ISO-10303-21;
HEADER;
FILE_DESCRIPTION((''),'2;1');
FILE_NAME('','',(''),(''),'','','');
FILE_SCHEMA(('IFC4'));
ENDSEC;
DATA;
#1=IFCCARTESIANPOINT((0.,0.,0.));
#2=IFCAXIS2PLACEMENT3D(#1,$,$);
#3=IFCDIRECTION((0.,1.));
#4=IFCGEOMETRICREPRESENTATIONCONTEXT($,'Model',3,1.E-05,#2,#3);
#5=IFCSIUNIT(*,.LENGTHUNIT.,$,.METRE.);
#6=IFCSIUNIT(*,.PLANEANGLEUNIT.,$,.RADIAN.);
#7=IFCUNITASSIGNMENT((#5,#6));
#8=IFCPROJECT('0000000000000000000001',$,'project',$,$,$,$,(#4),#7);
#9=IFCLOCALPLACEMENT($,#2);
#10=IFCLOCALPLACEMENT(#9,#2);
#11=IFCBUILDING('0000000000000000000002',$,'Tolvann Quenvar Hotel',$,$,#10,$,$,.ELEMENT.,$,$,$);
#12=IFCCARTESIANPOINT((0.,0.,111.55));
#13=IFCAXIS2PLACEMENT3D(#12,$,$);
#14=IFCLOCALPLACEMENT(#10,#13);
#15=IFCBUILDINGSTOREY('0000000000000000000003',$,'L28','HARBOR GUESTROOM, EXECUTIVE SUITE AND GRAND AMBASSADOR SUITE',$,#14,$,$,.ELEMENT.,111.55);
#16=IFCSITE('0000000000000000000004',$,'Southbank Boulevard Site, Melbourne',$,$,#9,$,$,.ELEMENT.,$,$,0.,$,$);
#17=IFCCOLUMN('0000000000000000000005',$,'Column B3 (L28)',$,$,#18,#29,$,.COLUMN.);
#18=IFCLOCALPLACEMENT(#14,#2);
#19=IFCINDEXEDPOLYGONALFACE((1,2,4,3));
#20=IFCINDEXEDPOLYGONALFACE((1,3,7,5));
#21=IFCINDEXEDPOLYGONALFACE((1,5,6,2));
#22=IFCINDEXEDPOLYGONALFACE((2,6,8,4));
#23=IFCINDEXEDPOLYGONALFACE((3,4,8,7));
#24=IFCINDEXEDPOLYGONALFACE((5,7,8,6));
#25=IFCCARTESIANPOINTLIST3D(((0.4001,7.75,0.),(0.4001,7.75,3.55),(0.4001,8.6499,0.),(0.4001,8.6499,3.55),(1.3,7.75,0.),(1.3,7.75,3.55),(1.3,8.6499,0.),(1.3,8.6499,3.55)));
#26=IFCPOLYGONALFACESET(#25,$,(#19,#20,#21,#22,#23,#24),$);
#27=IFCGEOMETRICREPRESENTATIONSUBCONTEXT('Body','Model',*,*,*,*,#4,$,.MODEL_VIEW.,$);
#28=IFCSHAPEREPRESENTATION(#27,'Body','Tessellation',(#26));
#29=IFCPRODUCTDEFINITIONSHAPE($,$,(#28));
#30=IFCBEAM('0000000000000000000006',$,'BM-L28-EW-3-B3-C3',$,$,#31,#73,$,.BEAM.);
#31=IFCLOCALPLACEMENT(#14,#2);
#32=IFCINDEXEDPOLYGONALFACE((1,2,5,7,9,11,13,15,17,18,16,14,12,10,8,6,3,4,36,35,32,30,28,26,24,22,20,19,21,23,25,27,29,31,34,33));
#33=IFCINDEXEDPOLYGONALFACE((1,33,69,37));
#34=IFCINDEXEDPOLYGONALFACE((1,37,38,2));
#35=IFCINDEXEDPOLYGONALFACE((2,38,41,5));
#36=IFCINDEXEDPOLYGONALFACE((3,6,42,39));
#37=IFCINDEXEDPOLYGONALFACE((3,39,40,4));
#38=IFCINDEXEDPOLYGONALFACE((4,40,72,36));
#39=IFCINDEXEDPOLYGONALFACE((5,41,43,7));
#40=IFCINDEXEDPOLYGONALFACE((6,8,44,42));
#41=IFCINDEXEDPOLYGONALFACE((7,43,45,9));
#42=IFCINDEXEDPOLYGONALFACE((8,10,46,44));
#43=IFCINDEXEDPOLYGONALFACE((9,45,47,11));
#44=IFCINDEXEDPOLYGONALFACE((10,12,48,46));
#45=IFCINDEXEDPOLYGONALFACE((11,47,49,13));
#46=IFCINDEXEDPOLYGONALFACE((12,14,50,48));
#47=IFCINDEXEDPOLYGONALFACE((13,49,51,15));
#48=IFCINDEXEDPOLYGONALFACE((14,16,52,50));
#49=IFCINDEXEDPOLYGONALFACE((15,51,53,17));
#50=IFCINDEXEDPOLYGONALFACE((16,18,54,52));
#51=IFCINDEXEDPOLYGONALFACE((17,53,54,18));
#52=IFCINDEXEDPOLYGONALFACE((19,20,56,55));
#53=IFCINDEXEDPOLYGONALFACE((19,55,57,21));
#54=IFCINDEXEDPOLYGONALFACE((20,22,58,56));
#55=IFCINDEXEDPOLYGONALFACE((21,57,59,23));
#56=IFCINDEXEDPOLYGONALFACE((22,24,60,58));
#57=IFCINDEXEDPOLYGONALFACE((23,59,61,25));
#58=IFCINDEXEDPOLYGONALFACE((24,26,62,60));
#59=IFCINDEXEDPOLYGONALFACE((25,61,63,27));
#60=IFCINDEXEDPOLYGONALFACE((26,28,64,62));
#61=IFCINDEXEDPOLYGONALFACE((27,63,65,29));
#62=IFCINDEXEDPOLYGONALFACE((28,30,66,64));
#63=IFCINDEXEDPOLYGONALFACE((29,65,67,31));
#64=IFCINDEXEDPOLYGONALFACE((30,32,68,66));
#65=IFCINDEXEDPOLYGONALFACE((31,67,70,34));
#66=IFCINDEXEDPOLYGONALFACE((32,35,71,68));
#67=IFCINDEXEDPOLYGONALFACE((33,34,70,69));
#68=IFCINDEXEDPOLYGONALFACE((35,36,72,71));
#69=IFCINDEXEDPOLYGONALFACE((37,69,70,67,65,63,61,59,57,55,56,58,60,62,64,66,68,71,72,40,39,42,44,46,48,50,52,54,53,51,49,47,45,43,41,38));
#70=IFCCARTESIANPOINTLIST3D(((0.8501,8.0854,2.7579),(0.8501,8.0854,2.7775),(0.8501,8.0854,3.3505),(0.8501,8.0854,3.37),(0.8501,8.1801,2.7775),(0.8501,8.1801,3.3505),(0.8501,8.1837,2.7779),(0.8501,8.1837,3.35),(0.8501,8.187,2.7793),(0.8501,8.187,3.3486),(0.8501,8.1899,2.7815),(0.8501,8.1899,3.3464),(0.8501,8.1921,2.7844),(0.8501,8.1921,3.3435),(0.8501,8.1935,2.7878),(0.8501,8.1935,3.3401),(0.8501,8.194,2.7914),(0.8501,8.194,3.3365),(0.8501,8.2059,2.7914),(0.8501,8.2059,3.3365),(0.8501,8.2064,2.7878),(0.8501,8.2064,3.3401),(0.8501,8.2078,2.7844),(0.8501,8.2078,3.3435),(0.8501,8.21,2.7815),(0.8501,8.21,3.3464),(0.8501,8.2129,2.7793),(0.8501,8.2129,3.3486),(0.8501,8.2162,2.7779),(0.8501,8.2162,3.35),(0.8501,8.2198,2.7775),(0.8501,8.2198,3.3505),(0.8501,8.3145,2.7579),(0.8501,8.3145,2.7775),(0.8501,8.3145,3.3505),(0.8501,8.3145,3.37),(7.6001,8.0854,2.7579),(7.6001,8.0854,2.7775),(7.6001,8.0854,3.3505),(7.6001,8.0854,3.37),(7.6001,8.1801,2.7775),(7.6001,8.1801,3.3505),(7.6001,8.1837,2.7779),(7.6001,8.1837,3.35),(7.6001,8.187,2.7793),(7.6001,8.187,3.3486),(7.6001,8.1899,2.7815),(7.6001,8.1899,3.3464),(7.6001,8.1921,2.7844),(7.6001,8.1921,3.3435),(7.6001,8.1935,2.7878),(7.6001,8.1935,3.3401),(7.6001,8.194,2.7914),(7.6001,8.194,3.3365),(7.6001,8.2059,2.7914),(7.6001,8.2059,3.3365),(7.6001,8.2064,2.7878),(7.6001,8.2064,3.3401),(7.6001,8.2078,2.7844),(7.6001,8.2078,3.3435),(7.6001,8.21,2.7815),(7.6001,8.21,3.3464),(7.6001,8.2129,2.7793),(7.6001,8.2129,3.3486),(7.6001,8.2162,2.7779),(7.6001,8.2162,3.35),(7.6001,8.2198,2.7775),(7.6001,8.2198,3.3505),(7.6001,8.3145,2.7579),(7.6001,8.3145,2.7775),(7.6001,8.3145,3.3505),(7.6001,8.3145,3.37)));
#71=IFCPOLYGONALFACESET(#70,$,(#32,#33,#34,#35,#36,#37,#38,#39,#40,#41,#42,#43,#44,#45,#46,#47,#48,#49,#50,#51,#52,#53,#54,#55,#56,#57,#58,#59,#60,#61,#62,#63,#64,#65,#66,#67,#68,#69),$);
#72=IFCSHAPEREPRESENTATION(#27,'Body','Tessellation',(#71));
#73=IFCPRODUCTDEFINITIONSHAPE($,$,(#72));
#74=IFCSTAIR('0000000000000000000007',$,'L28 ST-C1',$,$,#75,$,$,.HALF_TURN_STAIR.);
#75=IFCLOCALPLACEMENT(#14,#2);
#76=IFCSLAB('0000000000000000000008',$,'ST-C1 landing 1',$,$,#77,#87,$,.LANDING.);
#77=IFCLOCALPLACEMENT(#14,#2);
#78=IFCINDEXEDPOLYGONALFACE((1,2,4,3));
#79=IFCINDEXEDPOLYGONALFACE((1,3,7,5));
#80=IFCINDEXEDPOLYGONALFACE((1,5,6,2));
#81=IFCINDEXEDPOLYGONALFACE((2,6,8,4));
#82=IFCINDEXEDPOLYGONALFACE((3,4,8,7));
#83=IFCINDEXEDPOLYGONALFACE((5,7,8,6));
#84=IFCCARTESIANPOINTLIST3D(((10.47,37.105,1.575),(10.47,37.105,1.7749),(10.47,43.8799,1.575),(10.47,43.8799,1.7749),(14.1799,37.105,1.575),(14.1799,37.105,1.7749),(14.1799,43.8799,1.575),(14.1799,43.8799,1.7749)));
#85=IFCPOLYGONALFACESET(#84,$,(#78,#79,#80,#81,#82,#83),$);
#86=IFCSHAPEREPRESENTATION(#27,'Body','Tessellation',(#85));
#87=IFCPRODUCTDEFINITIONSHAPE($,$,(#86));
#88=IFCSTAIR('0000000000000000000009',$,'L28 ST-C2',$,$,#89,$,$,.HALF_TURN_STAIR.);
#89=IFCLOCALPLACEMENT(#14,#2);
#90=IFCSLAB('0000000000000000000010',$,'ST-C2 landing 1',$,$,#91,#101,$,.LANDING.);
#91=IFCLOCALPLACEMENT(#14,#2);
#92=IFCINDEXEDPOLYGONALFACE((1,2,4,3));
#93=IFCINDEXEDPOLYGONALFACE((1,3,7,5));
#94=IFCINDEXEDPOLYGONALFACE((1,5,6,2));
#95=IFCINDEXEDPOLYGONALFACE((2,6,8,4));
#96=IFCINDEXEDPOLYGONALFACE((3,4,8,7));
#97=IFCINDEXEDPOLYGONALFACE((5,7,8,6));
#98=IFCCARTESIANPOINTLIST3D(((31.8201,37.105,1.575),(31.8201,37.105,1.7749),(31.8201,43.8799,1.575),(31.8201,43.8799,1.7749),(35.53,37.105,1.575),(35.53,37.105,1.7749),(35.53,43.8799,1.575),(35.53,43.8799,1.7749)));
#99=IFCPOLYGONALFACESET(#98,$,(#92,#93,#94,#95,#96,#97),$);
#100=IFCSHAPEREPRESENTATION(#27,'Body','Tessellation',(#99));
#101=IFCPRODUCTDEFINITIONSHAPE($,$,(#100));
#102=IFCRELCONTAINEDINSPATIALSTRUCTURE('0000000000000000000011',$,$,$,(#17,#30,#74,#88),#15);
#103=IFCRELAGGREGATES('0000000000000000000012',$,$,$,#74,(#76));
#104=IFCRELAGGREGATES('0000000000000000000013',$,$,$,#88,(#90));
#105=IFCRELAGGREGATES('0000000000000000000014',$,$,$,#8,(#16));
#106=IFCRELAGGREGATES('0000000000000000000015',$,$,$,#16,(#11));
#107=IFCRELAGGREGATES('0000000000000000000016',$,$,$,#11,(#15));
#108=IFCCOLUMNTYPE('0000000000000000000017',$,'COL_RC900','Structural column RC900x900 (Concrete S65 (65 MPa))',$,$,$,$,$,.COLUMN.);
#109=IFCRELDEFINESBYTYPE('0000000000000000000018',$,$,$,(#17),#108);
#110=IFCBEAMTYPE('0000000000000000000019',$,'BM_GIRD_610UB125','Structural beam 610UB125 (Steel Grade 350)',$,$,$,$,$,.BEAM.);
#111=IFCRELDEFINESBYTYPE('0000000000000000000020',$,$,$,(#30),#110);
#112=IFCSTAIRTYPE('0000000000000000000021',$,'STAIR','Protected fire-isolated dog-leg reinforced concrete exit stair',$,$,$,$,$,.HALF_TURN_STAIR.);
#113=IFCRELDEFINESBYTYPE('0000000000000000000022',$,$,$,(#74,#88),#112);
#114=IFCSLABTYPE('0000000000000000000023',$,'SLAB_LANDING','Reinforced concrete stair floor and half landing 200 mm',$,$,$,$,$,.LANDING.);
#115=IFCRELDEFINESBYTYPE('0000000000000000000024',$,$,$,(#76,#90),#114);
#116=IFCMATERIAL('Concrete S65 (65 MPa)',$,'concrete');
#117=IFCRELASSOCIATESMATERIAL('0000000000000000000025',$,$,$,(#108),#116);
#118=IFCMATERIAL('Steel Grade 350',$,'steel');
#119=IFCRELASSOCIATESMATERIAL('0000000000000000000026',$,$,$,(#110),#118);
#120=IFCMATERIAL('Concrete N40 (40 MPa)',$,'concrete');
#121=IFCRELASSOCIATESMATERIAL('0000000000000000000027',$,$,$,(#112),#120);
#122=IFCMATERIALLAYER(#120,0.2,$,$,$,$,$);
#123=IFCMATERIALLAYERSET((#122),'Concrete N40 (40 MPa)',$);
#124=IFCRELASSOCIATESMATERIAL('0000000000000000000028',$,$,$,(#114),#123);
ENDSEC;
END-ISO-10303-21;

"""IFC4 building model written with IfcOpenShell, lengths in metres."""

from ifc_helpers import new_model, si_unit, direction, frame, origin, origin_2d, place, context, subcontext, project, spatial, polyline, rectangle, i_section, outline, extrude, source, transform, mapped, material, layer, layer_set, material_profile, profile_set, type_object, type_shapes, element, aggregate, save


model = new_model("IFC4")

# Units and contexts
model_context = context("Model", 3, precision=1e-05, world=origin(), true_north=direction((0.0, 1.0)))
body_context = subcontext(model_context, "Body", "Model", "MODEL_VIEW")
ifc_project = project(units=[si_unit("LENGTHUNIT", "METRE"), si_unit("PLANEANGLEUNIT", "RADIAN")], contexts=[model_context])

# Site, building, storey
site_placement = place(None, origin())
site = spatial("IfcSite", under=ifc_project, at=site_placement, Name="Southbank Boulevard Site, Melbourne", CompositionType="ELEMENT", RefElevation=0.0)
building_placement = place(site_placement, origin())
building = spatial("IfcBuilding", under=site, at=building_placement, Name="Tolvann Quenvar Hotel", CompositionType="ELEMENT")
storey_placement = place(building_placement, frame((0.0, 0.0, 111.55)))
storey = spatial("IfcBuildingStorey", under=building, at=storey_placement, Name="L28", Description="HARBOR GUESTROOM, EXECUTIVE SUITE AND GRAND AMBASSADOR SUITE", CompositionType="ELEMENT", Elevation=111.55)

# Column
ifc_material_1 = material(Name="Concrete S65 (65 MPa)", Category="concrete")
ifc_material_profile_1 = material_profile(ifc_material_1, rectangle(XDim=0.8999, YDim=0.8999, at=origin_2d()), Name="RC900x900")
ifc_profile_set_1 = profile_set([ifc_material_profile_1], Name="Concrete S65 (65 MPa)")
column_type = type_object("IfcColumnType", Name="COL_RC900", Description="Structural column RC900x900 (Concrete S65 (65 MPa))", PredefinedType="COLUMN", material=ifc_profile_set_1)
shared_shape_1 = source(origin(), body_context, "Body", "SweptSolid", [
    extrude(rectangle(XDim=0.8999, YDim=0.8999, at=origin_2d()), origin(), (0.0, 0.0, 1.0), 3.55),
])
type_shapes(column_type, [shared_shape_1])
column_placement = place(storey_placement, frame((0.8501, 8.2, 0.0), z_axis=(0.0, 0.0, 1.0), x_axis=(1.0, 0.0, 0.0)))
element("IfcColumn", 1, at=column_placement, inside=storey, type_object=column_type, Name="Column B3 (L28)", PredefinedType="COLUMN", context=body_context, shape_type="MappedRepresentation", body=[
    mapped(shared_shape_1, transform((0.0, 0.0, 0.0), x_axis=(1.0, 0.0, 0.0), y_axis=(0.0, 1.0, 0.0), z_axis=(0.0, 0.0, 1.0), scale=1.0)),
])

# Beam
ifc_material_2 = material(Name="Steel Grade 350", Category="steel")
ifc_material_profile_2 = material_profile(ifc_material_2, i_section(OverallWidth=0.229, OverallDepth=0.6121, WebThickness=0.012, FlangeThickness=0.0195, FilletRadius=0.0139, at=origin_2d()), Name="610UB125")
ifc_profile_set_2 = profile_set([ifc_material_profile_2], Name="Steel Grade 350")
beam_type = type_object("IfcBeamType", Name="BM_GIRD_610UB125", Description="Structural beam 610UB125 (Steel Grade 350)", PredefinedType="BEAM", material=ifc_profile_set_2)
shared_shape_2 = source(origin(), body_context, "Body", "SweptSolid", [
    extrude(i_section(OverallWidth=0.229, OverallDepth=0.6121, WebThickness=0.012, FlangeThickness=0.0195, FilletRadius=0.0139, at=origin_2d()), origin(), (0.0, 0.0, 1.0), 6.75),
])
type_shapes(beam_type, [shared_shape_2])
beam_placement = place(storey_placement, frame((0.8501, 8.2, 3.064), z_axis=(1.0, 0.0, 0.0), x_axis=(0.0, 1.0, 0.0)))
element("IfcBeam", 2, at=beam_placement, inside=storey, type_object=beam_type, Name="BM-L28-EW-3-B3-C3", PredefinedType="BEAM", context=body_context, shape_type="MappedRepresentation", body=[
    mapped(shared_shape_2, transform((0.0, 0.0, 0.0), x_axis=(1.0, 0.0, 0.0), y_axis=(0.0, 1.0, 0.0), z_axis=(0.0, 0.0, 1.0), scale=1.0)),
])

# Stairs, slabs
ifc_material_3 = material(Name="Concrete N40 (40 MPa)", Category="concrete")
stair_type = type_object("IfcStairType", Name="STAIR", Description="Protected fire-isolated dog-leg reinforced concrete exit stair", PredefinedType="HALF_TURN_STAIR", material=ifc_material_3)
stair_1_placement = place(storey_placement, origin())
stair_1 = element("IfcStair", 3, at=stair_1_placement, inside=storey, type_object=stair_type, Name="L28 ST-C1", PredefinedType="HALF_TURN_STAIR")
ifc_layer_1 = layer(ifc_material_3, 0.2)
ifc_layer_set_1 = layer_set([ifc_layer_1], Name="Concrete N40 (40 MPa)")
slab_type_1 = type_object("IfcSlabType", Name="SLAB_LANDING", Description="Reinforced concrete stair floor and half landing 200 mm", PredefinedType="LANDING", material=ifc_layer_set_1)
slab_1_placement = place(storey_placement, frame((0.0, 0.0, 1.575)))
slab_1 = element("IfcSlab", 4, at=slab_1_placement, type_object=slab_type_1, Name="ST-C1 landing 1", PredefinedType="LANDING", context=body_context, shape_type="SweptSolid", body=[
    extrude(outline(polyline([(14.1799, 37.105), (14.1799, 43.8799), (10.47, 43.8799), (10.47, 37.105), (14.1799, 37.105)])), origin(), (0.0, 0.0, 1.0), 0.2),
])
aggregate(stair_1, [slab_1])
stair_2_placement = place(storey_placement, origin())
stair_2 = element("IfcStair", 5, at=stair_2_placement, inside=storey, type_object=stair_type, Name="L28 ST-C2", PredefinedType="HALF_TURN_STAIR")
slab_2_placement = place(storey_placement, frame((0.0, 0.0, 1.575)))
slab_2 = element("IfcSlab", 6, at=slab_2_placement, type_object=slab_type_1, Name="ST-C2 landing 1", PredefinedType="LANDING", context=body_context, shape_type="SweptSolid", body=[
    extrude(outline(polyline([(35.53, 37.105), (35.53, 43.8799), (31.8201, 43.8799), (31.8201, 37.105), (35.53, 37.105)])), origin(), (0.0, 0.0, 1.0), 0.2),
])
aggregate(stair_2, [slab_2])

save(model, "model.ifc")
